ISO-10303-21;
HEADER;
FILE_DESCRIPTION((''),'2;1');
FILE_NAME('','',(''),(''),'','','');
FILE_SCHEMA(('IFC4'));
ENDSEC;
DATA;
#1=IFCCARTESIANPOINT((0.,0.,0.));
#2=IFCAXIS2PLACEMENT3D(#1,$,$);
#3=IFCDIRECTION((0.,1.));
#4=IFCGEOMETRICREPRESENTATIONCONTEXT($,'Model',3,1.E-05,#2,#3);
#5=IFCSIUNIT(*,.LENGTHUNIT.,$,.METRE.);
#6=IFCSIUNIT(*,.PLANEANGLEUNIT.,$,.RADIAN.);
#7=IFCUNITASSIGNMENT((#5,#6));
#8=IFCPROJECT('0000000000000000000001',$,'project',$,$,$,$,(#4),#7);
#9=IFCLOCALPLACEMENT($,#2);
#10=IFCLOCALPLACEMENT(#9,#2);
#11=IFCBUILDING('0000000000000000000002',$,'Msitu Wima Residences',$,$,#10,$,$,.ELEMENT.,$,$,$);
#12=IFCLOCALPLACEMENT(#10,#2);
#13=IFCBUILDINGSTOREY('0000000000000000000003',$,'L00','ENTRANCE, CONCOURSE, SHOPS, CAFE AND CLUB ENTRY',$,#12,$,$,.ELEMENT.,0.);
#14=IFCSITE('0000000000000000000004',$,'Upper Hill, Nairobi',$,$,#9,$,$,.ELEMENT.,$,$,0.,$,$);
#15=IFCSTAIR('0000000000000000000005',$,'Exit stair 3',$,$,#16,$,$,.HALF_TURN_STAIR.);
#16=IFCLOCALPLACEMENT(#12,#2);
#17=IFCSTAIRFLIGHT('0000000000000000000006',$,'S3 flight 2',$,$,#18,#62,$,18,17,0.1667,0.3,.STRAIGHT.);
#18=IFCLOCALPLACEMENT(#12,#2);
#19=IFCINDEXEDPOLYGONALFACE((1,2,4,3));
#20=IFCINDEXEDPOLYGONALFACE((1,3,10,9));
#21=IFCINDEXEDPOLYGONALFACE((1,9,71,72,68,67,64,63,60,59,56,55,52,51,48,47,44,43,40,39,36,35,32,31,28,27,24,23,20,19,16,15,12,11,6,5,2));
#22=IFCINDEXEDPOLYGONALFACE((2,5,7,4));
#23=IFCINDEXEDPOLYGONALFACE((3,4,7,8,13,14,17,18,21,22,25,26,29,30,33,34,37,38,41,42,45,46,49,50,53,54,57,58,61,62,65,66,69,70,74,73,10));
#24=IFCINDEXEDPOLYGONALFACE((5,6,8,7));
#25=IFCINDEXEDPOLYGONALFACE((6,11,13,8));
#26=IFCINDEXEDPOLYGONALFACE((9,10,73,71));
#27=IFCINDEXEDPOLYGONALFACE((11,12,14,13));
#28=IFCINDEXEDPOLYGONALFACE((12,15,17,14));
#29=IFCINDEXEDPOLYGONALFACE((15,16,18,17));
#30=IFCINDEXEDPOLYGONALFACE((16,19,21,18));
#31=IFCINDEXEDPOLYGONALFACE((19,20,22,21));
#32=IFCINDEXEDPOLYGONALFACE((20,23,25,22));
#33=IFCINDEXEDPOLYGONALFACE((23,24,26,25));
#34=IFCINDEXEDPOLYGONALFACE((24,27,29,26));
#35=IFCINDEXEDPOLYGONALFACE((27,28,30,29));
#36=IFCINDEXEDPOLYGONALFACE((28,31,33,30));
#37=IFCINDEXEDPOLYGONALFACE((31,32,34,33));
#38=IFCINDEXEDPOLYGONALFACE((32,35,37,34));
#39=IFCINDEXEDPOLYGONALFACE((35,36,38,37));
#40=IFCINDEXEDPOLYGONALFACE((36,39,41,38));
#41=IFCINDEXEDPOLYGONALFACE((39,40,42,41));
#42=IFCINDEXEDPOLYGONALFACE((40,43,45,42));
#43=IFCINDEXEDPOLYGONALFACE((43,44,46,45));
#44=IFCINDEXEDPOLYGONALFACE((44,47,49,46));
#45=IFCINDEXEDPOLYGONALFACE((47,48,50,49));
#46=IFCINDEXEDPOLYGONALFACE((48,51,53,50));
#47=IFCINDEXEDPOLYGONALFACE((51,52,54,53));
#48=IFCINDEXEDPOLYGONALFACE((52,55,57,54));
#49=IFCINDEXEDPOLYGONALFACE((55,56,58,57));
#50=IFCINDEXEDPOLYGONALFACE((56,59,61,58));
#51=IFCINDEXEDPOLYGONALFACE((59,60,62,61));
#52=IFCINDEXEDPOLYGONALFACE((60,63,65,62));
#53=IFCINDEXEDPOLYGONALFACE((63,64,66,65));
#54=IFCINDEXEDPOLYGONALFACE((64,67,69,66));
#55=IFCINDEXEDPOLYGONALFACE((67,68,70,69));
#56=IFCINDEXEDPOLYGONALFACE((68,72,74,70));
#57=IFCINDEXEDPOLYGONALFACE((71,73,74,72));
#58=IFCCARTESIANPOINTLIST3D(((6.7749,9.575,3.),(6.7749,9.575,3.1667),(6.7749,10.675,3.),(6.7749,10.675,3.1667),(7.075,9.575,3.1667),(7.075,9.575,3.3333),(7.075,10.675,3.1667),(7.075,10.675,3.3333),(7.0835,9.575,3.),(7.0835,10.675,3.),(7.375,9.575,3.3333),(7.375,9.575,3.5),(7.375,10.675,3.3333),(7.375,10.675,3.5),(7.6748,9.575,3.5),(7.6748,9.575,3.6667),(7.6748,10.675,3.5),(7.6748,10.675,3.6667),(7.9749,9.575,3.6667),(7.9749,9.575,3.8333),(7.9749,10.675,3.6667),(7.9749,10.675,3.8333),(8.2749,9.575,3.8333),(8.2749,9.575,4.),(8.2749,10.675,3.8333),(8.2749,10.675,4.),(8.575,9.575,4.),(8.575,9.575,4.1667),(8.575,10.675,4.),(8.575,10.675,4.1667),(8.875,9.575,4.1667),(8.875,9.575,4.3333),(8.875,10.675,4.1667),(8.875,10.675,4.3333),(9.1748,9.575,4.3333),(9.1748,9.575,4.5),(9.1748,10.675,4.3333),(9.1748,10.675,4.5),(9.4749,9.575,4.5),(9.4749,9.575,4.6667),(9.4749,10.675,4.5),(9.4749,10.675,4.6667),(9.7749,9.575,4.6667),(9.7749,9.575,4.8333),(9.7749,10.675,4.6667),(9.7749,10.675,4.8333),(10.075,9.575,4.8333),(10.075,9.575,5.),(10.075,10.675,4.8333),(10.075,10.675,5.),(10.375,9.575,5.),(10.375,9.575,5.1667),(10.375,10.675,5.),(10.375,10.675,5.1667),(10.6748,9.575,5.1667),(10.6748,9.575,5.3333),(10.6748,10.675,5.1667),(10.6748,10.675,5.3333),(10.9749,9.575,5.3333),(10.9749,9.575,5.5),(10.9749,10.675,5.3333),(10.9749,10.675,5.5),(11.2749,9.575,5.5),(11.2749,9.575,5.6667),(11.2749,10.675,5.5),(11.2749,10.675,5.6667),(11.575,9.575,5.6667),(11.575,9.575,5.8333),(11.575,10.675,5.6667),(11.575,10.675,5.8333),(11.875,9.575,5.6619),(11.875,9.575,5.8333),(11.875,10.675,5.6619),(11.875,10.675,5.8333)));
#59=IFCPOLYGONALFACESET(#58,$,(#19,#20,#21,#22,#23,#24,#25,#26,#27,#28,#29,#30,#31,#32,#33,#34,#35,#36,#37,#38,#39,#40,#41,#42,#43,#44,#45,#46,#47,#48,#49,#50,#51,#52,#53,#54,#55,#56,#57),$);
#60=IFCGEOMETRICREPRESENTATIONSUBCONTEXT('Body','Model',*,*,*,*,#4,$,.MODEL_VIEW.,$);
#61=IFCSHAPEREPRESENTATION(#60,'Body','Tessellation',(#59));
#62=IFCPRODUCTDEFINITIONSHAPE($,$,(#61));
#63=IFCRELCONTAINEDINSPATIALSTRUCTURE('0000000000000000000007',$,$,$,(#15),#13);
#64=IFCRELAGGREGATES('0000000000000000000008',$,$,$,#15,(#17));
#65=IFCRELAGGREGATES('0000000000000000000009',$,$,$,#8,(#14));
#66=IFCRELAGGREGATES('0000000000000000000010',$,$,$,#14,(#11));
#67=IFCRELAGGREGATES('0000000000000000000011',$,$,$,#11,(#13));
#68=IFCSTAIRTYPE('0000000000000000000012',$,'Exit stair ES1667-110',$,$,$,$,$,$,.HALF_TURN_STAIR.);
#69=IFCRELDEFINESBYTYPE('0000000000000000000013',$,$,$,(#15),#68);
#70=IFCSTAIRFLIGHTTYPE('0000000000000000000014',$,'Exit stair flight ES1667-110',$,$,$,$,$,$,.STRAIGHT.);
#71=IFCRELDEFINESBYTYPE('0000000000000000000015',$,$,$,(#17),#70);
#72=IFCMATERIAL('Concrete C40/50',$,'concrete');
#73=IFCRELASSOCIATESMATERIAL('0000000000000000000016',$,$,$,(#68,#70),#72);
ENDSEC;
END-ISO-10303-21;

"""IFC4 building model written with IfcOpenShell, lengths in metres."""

from ifc_helpers import new_model, si_unit, direction, frame, origin, place, context, subcontext, project, spatial, polyline, outline, extrude, material, type_object, element, aggregate, save


model = new_model("IFC4")

# Units and contexts
model_context = context("Model", 3, precision=1e-05, world=origin(), true_north=direction((0.0, 1.0)))
body_context = subcontext(model_context, "Body", "Model", "MODEL_VIEW")
ifc_project = project(units=[si_unit("LENGTHUNIT", "METRE"), si_unit("PLANEANGLEUNIT", "RADIAN")], contexts=[model_context])

# Site, building, storey
site_placement = place(None, origin())
site = spatial("IfcSite", under=ifc_project, at=site_placement, Name="Upper Hill, Nairobi", CompositionType="ELEMENT", RefElevation=0.0)
building_placement = place(site_placement, origin())
building = spatial("IfcBuilding", under=site, at=building_placement, Name="Msitu Wima Residences", CompositionType="ELEMENT")
storey_placement = place(building_placement, origin())
storey = spatial("IfcBuildingStorey", under=building, at=storey_placement, Name="L00", Description="ENTRANCE, CONCOURSE, SHOPS, CAFE AND CLUB ENTRY", CompositionType="ELEMENT", Elevation=0.0)

# Shared definitions
ifc_material_1 = material(Name="Concrete C40/50", Category="concrete")

# Stair, stair flight
stair_type = type_object("IfcStairType", Name="Exit stair ES1667-110", PredefinedType="HALF_TURN_STAIR", material=ifc_material_1)
stair_placement = place(storey_placement, origin())
stair = element("IfcStair", 1, at=stair_placement, inside=storey, type_object=stair_type, Name="Exit stair 3", PredefinedType="HALF_TURN_STAIR")
stair_flight_type = type_object("IfcStairFlightType", Name="Exit stair flight ES1667-110", PredefinedType="STRAIGHT", material=ifc_material_1)
stair_flight_placement = place(storey_placement, frame((6.7749, 10.125, 3.0), z_axis=(0.0, 0.0, 1.0), x_axis=(1.0, 0.0, 0.0)))
stair_flight = element("IfcStairFlight", 2, at=stair_flight_placement, type_object=stair_flight_type, Name="S3 flight 2", NumberOfRisers=18, NumberOfTreads=17, PredefinedType="STRAIGHT", RiserHeight=0.1667, TreadLength=0.3, context=body_context, shape_type="SweptSolid", body=[
    extrude(outline(polyline([(0.0, 0.0), (0.0, 0.1667), (0.3, 0.1667), (0.3, 0.3333), (0.6001, 0.3333), (0.6001, 0.5), (0.8999, 0.5), (0.8999, 0.6667), (1.2, 0.6667), (1.2, 0.8333), (1.5, 0.8333), (1.5, 1.0), (1.8, 1.0), (1.8, 1.1667), (2.1001, 1.1667), (2.1001, 1.3333), (2.3999, 1.3333), (2.3999, 1.5), (2.7, 1.5), (2.7, 1.6667), (3.0, 1.6667), (3.0, 1.8333), (3.3, 1.8333), (3.3, 2.0), (3.6001, 2.0), (3.6001, 2.1667), (3.8999, 2.1667), (3.8999, 2.3333), (4.2, 2.3333), (4.2, 2.5), (4.5, 2.5), (4.5, 2.6667), (4.8, 2.6667), (4.8, 2.8333), (5.1001, 2.8333), (5.1001, 3.0), (5.1001, 2.6619), (0.3086, 0.0), (0.0, 0.0)])), frame((0.0, 0.55, 0.0), z_axis=(0.0, -1.0, 0.0), x_axis=(1.0, 0.0, 0.0)), (0.0, 0.0, 1.0), 1.1001),
])
aggregate(stair, [stair_flight])

save(model, "model.ifc")
